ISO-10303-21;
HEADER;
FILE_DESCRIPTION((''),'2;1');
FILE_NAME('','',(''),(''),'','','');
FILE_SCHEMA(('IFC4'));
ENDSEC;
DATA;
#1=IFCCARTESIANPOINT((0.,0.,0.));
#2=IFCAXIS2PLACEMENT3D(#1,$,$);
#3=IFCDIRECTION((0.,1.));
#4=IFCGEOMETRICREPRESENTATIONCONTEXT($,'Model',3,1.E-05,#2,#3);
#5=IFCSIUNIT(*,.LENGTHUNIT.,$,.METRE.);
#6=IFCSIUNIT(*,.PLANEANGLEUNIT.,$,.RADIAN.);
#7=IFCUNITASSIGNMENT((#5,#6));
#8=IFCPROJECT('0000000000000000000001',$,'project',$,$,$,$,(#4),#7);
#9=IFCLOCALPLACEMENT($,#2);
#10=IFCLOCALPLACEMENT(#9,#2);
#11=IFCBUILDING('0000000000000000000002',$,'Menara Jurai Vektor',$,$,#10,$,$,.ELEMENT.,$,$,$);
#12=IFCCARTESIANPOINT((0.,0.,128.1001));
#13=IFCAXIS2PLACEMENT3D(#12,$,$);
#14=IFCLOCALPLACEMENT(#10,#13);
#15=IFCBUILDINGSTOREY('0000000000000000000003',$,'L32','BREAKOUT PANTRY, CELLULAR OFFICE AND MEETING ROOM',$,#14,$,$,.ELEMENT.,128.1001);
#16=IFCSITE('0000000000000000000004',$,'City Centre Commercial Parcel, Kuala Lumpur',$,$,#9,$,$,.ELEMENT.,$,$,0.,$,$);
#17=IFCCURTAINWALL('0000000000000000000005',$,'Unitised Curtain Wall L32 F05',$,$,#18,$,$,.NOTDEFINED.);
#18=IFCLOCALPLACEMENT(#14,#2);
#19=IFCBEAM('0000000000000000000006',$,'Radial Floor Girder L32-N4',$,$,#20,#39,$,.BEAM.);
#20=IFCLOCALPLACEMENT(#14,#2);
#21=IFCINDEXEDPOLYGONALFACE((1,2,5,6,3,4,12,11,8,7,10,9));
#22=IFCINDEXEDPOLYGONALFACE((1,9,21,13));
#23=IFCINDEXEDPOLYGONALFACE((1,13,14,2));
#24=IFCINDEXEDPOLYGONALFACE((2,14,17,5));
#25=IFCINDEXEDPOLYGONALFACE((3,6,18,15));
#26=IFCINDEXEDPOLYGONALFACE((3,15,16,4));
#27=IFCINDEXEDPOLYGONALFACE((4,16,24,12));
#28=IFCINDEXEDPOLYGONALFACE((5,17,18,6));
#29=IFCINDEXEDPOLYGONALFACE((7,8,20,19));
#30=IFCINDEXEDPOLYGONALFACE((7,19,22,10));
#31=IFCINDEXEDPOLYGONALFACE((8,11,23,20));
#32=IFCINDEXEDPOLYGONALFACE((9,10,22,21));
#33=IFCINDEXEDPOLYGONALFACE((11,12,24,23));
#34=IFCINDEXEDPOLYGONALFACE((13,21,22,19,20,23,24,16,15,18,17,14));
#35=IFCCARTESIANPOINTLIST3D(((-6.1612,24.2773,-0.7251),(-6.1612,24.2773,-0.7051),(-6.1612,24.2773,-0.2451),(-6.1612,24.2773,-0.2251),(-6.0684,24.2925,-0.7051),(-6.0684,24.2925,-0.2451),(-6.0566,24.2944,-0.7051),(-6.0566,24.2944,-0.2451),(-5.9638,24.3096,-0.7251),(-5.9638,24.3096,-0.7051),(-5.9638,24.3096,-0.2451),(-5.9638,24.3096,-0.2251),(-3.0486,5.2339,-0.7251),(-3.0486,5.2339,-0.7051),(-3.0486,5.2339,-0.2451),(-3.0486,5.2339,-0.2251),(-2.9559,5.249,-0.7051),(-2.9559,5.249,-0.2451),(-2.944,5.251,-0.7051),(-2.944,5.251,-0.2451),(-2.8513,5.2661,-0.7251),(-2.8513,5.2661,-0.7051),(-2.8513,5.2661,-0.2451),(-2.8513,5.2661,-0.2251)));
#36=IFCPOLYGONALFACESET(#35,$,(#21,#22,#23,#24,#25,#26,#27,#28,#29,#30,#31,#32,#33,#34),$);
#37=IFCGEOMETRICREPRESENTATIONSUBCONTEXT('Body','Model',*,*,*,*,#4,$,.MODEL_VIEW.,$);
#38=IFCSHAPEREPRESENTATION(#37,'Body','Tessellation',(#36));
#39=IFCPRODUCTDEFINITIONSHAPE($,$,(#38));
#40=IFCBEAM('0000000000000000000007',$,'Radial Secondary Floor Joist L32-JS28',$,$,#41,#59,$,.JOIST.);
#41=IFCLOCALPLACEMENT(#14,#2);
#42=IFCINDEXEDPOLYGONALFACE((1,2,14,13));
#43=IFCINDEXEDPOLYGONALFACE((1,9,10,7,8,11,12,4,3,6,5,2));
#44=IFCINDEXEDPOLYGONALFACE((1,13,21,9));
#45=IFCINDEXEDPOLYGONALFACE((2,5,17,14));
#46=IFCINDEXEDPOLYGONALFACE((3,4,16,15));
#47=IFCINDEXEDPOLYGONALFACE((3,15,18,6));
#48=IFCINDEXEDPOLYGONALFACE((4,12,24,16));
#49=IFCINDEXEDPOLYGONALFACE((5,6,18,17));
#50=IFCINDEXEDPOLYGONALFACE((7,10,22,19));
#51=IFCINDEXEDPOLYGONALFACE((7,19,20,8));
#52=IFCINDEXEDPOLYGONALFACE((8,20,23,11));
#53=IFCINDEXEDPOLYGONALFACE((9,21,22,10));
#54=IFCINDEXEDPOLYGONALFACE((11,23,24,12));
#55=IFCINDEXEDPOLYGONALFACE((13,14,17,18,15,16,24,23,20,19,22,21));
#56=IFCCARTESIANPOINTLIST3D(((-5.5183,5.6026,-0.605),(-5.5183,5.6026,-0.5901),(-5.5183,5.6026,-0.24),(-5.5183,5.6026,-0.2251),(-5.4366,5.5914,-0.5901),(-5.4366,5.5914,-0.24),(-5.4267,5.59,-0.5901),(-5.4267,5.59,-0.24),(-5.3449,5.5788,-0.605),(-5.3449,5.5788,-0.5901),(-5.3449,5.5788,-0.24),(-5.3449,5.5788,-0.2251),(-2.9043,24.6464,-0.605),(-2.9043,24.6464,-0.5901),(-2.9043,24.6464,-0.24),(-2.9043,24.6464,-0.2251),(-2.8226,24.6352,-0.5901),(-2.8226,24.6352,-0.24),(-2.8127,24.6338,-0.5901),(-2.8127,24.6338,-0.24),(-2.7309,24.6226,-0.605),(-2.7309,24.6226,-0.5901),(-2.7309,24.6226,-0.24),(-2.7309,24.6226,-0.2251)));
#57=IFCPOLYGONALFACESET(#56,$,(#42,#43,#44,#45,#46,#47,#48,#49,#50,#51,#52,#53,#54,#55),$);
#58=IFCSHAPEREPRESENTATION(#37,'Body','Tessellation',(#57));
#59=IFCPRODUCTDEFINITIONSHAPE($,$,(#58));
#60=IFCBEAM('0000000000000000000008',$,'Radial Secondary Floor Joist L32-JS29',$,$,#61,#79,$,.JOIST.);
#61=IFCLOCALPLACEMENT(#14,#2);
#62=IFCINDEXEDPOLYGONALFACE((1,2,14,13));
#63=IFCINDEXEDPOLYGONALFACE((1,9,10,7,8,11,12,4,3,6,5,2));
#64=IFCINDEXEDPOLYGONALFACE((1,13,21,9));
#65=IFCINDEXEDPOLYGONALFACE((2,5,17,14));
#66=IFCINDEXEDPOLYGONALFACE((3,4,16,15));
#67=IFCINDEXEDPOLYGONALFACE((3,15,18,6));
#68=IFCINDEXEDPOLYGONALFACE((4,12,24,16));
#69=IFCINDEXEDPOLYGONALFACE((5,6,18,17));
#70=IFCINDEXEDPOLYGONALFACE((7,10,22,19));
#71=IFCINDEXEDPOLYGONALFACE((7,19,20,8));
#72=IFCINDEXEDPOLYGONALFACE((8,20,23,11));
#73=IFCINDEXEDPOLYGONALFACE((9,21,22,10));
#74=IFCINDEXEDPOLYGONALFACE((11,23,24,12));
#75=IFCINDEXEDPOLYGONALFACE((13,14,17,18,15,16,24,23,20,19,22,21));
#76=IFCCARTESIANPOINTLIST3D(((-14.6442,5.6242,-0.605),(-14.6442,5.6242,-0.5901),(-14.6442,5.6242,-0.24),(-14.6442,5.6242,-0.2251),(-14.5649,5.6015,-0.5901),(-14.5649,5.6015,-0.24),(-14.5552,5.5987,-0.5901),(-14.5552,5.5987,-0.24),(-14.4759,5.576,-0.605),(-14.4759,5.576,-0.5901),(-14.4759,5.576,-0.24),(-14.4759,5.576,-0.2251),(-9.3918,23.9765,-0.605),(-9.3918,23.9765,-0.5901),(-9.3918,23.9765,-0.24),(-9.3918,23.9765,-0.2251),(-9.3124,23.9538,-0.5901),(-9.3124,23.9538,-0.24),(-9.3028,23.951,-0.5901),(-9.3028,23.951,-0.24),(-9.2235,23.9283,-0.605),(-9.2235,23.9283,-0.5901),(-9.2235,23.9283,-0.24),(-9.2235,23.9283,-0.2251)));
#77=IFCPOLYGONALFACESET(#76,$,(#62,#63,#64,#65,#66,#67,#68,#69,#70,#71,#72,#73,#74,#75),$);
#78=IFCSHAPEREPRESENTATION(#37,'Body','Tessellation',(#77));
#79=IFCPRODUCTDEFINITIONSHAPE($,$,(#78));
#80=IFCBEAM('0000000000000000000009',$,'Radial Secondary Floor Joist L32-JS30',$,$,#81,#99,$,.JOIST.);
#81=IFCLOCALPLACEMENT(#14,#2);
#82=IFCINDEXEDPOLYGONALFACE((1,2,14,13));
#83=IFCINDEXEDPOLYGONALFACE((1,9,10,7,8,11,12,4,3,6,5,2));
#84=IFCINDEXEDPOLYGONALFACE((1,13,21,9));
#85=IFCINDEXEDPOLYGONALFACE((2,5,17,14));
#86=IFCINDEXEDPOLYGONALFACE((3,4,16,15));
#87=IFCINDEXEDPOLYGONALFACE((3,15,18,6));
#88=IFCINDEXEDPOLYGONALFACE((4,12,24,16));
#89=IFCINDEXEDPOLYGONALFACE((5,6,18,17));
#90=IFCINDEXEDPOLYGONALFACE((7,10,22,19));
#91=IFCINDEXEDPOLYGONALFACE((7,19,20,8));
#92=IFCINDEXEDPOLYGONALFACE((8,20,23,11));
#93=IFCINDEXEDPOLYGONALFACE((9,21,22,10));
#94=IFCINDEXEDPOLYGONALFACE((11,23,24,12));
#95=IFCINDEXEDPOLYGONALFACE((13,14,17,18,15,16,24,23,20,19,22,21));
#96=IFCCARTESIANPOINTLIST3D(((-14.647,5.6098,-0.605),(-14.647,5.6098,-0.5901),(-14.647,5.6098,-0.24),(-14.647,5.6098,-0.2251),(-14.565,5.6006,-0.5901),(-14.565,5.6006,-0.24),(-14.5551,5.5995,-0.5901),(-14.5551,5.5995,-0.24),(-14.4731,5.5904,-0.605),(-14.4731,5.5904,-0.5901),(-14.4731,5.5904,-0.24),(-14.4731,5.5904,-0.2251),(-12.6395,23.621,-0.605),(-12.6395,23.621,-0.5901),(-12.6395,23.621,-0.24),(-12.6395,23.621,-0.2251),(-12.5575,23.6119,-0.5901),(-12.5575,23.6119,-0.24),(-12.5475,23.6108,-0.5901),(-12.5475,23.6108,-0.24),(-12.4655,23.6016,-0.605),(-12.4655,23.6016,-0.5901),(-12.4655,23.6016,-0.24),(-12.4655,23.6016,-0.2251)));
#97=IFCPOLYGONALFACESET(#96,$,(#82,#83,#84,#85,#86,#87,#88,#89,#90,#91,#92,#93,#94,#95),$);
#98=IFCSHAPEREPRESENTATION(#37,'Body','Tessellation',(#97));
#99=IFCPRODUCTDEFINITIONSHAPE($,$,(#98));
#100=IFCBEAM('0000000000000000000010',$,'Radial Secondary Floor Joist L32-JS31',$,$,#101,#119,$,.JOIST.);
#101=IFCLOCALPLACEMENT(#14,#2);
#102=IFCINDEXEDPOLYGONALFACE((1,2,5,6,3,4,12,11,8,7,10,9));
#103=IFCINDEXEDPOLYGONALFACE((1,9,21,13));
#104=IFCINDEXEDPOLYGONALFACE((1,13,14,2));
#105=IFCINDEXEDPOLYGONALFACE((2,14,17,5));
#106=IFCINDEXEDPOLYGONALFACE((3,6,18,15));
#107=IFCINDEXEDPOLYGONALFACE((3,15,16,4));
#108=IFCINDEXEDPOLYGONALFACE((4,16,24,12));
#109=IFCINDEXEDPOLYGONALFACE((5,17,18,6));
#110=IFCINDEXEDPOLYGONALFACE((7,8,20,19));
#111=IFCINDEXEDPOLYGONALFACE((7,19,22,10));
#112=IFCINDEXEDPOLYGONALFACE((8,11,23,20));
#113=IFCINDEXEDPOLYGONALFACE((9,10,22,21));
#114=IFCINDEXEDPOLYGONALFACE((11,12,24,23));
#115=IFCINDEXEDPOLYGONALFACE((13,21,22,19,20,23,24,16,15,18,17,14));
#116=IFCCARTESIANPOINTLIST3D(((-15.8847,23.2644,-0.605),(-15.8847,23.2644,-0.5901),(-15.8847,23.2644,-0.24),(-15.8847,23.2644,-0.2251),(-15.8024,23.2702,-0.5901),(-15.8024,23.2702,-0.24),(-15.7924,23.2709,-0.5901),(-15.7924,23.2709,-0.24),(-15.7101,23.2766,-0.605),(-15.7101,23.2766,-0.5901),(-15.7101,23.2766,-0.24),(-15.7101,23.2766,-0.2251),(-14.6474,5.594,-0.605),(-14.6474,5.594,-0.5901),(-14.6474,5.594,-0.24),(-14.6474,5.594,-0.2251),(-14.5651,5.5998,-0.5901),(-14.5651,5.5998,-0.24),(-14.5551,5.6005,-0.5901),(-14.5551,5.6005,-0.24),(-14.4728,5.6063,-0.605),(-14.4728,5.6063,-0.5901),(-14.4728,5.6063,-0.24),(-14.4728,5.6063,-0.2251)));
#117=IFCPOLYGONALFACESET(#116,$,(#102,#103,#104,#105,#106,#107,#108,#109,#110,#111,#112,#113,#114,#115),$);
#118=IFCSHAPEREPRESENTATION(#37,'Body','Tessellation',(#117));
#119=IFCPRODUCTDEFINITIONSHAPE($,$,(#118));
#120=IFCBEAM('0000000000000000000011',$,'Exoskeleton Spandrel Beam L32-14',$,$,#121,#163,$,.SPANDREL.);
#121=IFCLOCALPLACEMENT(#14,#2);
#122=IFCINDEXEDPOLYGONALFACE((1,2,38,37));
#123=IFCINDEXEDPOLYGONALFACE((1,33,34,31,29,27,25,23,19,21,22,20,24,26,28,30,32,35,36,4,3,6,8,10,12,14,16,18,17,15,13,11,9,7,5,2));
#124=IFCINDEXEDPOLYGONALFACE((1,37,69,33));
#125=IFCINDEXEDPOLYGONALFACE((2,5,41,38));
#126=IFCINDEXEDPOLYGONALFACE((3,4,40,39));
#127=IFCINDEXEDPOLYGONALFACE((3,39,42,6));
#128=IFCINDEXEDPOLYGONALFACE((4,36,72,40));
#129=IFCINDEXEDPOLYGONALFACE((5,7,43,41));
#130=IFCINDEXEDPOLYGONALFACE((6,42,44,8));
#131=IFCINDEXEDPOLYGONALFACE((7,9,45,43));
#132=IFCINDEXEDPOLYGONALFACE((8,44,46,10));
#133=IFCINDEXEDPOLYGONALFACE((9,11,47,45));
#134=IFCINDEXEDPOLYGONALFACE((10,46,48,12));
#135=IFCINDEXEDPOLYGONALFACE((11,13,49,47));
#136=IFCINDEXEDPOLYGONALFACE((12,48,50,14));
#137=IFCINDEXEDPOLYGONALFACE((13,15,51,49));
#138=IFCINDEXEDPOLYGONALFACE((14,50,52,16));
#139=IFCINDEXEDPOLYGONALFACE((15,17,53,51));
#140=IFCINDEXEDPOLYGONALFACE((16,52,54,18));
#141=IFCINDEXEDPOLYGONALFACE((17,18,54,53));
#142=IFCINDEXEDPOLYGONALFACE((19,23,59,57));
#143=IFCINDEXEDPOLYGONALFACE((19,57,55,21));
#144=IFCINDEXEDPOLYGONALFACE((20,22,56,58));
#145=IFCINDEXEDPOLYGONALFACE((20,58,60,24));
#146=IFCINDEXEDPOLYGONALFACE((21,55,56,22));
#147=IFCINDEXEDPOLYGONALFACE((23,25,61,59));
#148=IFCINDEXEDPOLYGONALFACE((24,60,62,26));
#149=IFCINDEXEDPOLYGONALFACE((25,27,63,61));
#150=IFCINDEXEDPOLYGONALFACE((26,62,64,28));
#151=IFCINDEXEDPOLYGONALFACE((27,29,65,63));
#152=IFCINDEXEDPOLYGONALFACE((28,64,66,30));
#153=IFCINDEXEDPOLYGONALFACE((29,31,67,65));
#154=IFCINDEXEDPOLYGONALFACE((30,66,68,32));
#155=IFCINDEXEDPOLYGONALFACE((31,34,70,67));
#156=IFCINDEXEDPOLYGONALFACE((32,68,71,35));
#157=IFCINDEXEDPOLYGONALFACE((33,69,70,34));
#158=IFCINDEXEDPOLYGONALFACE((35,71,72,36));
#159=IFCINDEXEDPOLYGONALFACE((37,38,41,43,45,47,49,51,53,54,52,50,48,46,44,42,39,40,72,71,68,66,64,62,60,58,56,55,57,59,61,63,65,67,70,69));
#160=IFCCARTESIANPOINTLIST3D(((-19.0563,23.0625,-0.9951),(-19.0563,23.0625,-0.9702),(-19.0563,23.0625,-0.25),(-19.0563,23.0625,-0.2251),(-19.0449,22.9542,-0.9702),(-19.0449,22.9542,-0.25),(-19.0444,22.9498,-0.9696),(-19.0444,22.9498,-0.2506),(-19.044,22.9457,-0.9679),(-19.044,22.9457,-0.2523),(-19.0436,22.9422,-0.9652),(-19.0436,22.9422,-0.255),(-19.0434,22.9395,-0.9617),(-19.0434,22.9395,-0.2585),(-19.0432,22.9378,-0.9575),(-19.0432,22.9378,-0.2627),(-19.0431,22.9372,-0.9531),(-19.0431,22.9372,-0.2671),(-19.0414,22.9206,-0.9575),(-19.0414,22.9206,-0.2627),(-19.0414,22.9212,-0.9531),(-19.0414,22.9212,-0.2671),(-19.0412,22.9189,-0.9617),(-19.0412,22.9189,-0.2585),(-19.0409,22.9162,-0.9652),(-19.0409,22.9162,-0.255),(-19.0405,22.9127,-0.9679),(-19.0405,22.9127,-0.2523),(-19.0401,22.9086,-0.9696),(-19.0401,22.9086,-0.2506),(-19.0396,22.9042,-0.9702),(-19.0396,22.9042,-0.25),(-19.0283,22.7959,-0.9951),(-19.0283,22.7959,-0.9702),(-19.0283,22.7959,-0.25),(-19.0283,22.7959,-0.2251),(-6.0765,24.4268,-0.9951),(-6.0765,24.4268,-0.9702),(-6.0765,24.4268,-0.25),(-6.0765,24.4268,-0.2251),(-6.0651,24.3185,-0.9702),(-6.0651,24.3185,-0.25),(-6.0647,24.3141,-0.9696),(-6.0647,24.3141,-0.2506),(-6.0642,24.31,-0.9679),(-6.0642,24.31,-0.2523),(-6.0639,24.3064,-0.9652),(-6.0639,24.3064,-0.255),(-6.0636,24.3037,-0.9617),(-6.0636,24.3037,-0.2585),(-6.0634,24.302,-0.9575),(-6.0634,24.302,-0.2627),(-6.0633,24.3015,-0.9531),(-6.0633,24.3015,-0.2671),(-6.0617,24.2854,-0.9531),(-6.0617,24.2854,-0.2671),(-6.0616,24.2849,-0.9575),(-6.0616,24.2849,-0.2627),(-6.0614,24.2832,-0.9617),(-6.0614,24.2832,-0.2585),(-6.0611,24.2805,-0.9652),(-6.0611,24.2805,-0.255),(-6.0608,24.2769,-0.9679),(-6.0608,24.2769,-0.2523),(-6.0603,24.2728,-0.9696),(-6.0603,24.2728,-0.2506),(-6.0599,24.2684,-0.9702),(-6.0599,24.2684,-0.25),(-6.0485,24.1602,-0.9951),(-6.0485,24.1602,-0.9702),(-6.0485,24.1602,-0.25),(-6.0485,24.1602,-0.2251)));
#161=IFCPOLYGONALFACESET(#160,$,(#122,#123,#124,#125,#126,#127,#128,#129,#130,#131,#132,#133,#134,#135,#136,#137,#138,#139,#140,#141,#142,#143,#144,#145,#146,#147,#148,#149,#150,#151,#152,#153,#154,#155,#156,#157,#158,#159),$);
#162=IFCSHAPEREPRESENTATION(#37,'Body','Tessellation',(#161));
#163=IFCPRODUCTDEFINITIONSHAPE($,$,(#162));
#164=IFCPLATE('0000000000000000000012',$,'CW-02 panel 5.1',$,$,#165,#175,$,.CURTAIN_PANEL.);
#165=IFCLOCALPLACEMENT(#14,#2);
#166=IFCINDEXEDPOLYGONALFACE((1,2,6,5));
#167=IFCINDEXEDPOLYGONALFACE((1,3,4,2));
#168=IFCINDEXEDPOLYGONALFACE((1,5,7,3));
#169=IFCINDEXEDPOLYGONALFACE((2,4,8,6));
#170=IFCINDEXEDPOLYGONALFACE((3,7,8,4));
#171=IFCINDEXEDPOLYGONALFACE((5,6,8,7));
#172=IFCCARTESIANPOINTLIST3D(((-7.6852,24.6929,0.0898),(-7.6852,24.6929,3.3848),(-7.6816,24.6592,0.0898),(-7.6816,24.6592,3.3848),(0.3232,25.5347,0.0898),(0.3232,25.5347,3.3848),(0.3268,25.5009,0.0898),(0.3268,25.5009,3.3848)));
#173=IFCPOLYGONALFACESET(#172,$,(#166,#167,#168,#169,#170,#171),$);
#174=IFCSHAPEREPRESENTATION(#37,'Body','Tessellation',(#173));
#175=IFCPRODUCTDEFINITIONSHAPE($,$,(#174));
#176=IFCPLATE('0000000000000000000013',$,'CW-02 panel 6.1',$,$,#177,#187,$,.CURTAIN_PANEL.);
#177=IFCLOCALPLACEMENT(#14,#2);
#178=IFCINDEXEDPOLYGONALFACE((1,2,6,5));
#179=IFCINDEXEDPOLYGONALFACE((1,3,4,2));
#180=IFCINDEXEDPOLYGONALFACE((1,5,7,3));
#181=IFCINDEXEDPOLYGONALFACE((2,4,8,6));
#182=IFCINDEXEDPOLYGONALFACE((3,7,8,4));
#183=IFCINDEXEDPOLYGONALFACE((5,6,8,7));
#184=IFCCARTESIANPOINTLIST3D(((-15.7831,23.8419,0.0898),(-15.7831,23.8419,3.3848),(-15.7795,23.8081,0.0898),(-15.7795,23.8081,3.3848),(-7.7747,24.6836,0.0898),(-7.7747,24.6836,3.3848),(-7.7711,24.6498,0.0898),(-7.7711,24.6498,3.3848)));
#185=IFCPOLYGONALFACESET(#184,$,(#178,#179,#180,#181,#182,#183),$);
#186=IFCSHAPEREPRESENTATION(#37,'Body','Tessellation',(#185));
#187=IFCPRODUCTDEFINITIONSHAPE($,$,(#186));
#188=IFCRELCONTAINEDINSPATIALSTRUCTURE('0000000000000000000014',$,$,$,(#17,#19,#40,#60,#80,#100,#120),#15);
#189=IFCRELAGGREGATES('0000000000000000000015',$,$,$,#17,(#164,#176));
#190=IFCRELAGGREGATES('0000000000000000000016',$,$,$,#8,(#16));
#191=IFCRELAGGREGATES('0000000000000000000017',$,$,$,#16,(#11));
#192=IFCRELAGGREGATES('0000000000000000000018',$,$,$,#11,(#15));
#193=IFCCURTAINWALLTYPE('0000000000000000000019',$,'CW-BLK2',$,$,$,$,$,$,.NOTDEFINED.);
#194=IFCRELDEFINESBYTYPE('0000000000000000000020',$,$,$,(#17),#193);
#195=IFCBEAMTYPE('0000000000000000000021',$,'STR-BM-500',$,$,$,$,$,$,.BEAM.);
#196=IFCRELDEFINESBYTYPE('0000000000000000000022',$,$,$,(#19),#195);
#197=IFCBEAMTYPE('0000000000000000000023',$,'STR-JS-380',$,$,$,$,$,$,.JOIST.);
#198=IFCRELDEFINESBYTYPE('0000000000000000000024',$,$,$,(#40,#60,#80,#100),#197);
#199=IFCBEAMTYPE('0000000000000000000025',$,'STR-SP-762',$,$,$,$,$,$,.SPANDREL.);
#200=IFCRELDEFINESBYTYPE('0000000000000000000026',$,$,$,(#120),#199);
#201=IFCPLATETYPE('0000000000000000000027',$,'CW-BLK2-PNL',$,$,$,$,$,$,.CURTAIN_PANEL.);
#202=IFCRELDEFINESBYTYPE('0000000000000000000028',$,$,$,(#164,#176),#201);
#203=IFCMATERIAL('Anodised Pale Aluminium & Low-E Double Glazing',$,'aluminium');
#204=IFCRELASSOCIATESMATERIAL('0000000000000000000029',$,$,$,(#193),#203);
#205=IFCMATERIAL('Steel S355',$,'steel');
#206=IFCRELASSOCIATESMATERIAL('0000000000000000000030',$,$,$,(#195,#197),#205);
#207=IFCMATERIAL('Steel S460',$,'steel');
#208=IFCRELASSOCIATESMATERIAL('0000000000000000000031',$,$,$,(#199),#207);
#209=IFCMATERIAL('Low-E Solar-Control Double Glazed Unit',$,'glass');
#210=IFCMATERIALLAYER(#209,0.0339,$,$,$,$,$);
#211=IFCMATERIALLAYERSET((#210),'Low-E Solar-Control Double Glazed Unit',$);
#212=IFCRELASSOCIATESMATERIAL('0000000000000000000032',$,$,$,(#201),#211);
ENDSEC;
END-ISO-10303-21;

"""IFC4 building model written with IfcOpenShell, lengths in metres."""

from ifc_helpers import new_model, si_unit, direction, frame, origin, origin_2d, place, context, subcontext, project, spatial, rectangle, i_section, extrude, material, layer, layer_set, material_profile, profile_set, type_object, element, aggregate, save


model = new_model("IFC4")

# Units and contexts
model_context = context("Model", 3, precision=1e-05, world=origin(), true_north=direction((0.0, 1.0)))
body_context = subcontext(model_context, "Body", "Model", "MODEL_VIEW")
ifc_project = project(units=[si_unit("LENGTHUNIT", "METRE"), si_unit("PLANEANGLEUNIT", "RADIAN")], contexts=[model_context])

# Site, building, storey
site_placement = place(None, origin())
site = spatial("IfcSite", under=ifc_project, at=site_placement, Name="City Centre Commercial Parcel, Kuala Lumpur", CompositionType="ELEMENT", RefElevation=0.0)
building_placement = place(site_placement, origin())
building = spatial("IfcBuilding", under=site, at=building_placement, Name="Menara Jurai Vektor", CompositionType="ELEMENT")
storey_placement = place(building_placement, frame((0.0, 0.0, 128.1001)))
storey = spatial("IfcBuildingStorey", under=building, at=storey_placement, Name="L32", Description="BREAKOUT PANTRY, CELLULAR OFFICE AND MEETING ROOM", CompositionType="ELEMENT", Elevation=128.1001)

# Shared definitions
ifc_material_1 = material(Name="Steel S460", Category="steel")

# Curtain wall
ifc_material_2 = material(Name="Anodised Pale Aluminium & Low-E Double Glazing", Category="aluminium")
curtain_wall_type = type_object("IfcCurtainWallType", Name="CW-BLK2", PredefinedType="NOTDEFINED", material=ifc_material_2)
curtain_wall_placement = place(storey_placement, origin())
curtain_wall = element("IfcCurtainWall", 1, at=curtain_wall_placement, inside=storey, type_object=curtain_wall_type, Name="Unitised Curtain Wall L32 F05", PredefinedType="NOTDEFINED")

# Beams
ifc_material_3 = material(Name="Steel S355", Category="steel")
ifc_material_profile_1 = material_profile(ifc_material_3, i_section(OverallWidth=0.2, OverallDepth=0.5, WebThickness=0.012, FlangeThickness=0.02, at=origin_2d()), Name="PG 500x200x96")
ifc_profile_set_1 = profile_set([ifc_material_profile_1], Name="Steel S355")
beam_type_1 = type_object("IfcBeamType", Name="STR-BM-500", PredefinedType="BEAM", material=ifc_profile_set_1)
beam_1_placement = place(storey_placement, frame((-6.0625, 24.2935, -0.4751), z_axis=(0.161304, -0.986905, 0.0), x_axis=(0.986905, 0.161304, 0.0)))
element("IfcBeam", 2, at=beam_1_placement, inside=storey, type_object=beam_type_1, Name="Radial Floor Girder L32-N4", PredefinedType="BEAM", context=body_context, shape_type="SweptSolid", body=[
    extrude(i_section(OverallWidth=0.2, OverallDepth=0.5, WebThickness=0.012, FlangeThickness=0.02, at=origin_2d()), origin(), (0.0, 0.0, 1.0), 19.2961),
])
ifc_material_profile_2 = material_profile(ifc_material_3, i_section(OverallWidth=0.175, OverallDepth=0.3799, WebThickness=0.01, FlangeThickness=0.0149, at=origin_2d()), Name="PG 380x175x58")
ifc_profile_set_2 = profile_set([ifc_material_profile_2], Name="Steel S355")
beam_type_2 = type_object("IfcBeamType", Name="STR-JS-380", PredefinedType="JOIST", material=ifc_profile_set_2)
beam_2_placement = place(storey_placement, frame((-2.8176, 24.6345, -0.415), z_axis=(-0.135987, -0.990711, 0.0), x_axis=(0.990711, -0.135987, 0.0)))
element("IfcBeam", 3, at=beam_2_placement, inside=storey, type_object=beam_type_2, Name="Radial Secondary Floor Joist L32-JS28", PredefinedType="JOIST", context=body_context, shape_type="SweptSolid", body=[
    extrude(i_section(OverallWidth=0.175, OverallDepth=0.3799, WebThickness=0.01, FlangeThickness=0.0149, at=origin_2d()), origin(), (0.0, 0.0, 1.0), 19.2224),
])
beam_3_placement = place(storey_placement, frame((-9.3076, 23.9524, -0.415), z_axis=(-0.275154, -0.9614, 0.0), x_axis=(0.9614, -0.275154, 0.0)))
element("IfcBeam", 4, at=beam_3_placement, inside=storey, type_object=beam_type_2, Name="Radial Secondary Floor Joist L32-JS29", PredefinedType="JOIST", context=body_context, shape_type="SweptSolid", body=[
    extrude(i_section(OverallWidth=0.175, OverallDepth=0.3799, WebThickness=0.01, FlangeThickness=0.0149, at=origin_2d()), origin(), (0.0, 0.0, 1.0), 19.0891),
])
beam_4_placement = place(storey_placement, frame((-12.5525, 23.6113, -0.415), z_axis=(-0.110776, -0.993845, 0.0), x_axis=(0.993845, -0.110776, 0.0)))
element("IfcBeam", 5, at=beam_4_placement, inside=storey, type_object=beam_type_2, Name="Radial Secondary Floor Joist L32-JS30", PredefinedType="JOIST", context=body_context, shape_type="SweptSolid", body=[
    extrude(i_section(OverallWidth=0.175, OverallDepth=0.3799, WebThickness=0.01, FlangeThickness=0.0149, at=origin_2d()), origin(), (0.0, 0.0, 1.0), 18.1228),
])
beam_5_placement = place(storey_placement, frame((-15.7974, 23.2705, -0.415), z_axis=(0.06985, -0.997557, 0.0), x_axis=(0.997557, 0.06985, 0.0)))
element("IfcBeam", 6, at=beam_5_placement, inside=storey, type_object=beam_type_2, Name="Radial Secondary Floor Joist L32-JS31", PredefinedType="JOIST", context=body_context, shape_type="SweptSolid", body=[
    extrude(i_section(OverallWidth=0.175, OverallDepth=0.3799, WebThickness=0.01, FlangeThickness=0.0149, at=origin_2d()), origin(), (0.0, 0.0, 1.0), 17.7136),
])
ifc_material_profile_3 = material_profile(ifc_material_1, i_section(OverallWidth=0.2681, OverallDepth=0.77, WebThickness=0.0161, FlangeThickness=0.0249, FilletRadius=0.0171, at=origin_2d()), Name="UKB 762x267x197")
ifc_profile_set_3 = profile_set([ifc_material_profile_3], Name="Steel S460")
beam_type_3 = type_object("IfcBeamType", Name="STR-SP-762", PredefinedType="SPANDREL", material=ifc_profile_set_3)
beam_6_placement = place(storey_placement, frame((-6.0625, 24.2935, -0.6101), z_axis=(-0.994522, -0.104531, 0.0), x_axis=(0.104531, -0.994522, 0.0)))
element("IfcBeam", 7, at=beam_6_placement, inside=storey, type_object=beam_type_3, Name="Exoskeleton Spandrel Beam L32-14", PredefinedType="SPANDREL", context=body_context, shape_type="SweptSolid", body=[
    extrude(i_section(OverallWidth=0.2681, OverallDepth=0.77, WebThickness=0.0161, FlangeThickness=0.0249, FilletRadius=0.0171, at=origin_2d()), origin(), (0.0, 0.0, 1.0), 13.0513),
])

# Plates
ifc_material_4 = material(Name="Low-E Solar-Control Double Glazed Unit", Category="glass")
ifc_layer_1 = layer(ifc_material_4, 0.0339)
ifc_layer_set_1 = layer_set([ifc_layer_1], Name="Low-E Solar-Control Double Glazed Unit")
plate_type_1 = type_object("IfcPlateType", Name="CW-BLK2-PNL", PredefinedType="CURTAIN_PANEL", material=ifc_layer_set_1)
plate_1_placement = place(storey_placement, frame((-3.6792, 25.0969, 0.0898), z_axis=(0.0, 0.0, 1.0), x_axis=(-0.994522, -0.104529, 0.0)))
plate_1 = element("IfcPlate", 8, at=plate_1_placement, type_object=plate_type_1, Name="CW-02 panel 5.1", PredefinedType="CURTAIN_PANEL", context=body_context, shape_type="SweptSolid", body=[
    extrude(rectangle(XDim=8.0525, YDim=0.0339, at=origin_2d()), origin(), (0.0, 0.0, 1.0), 3.2949),
])
plate_2_placement = place(storey_placement, frame((-11.7771, 24.2458, 0.0898), z_axis=(0.0, 0.0, 1.0), x_axis=(-0.994522, -0.104529, 0.0)))
plate_2 = element("IfcPlate", 9, at=plate_2_placement, type_object=plate_type_1, Name="CW-02 panel 6.1", PredefinedType="CURTAIN_PANEL", context=body_context, shape_type="SweptSolid", body=[
    extrude(rectangle(XDim=8.0525, YDim=0.0339, at=origin_2d()), origin(), (0.0, 0.0, 1.0), 3.2949),
])
aggregate(curtain_wall, [plate_1, plate_2])

save(model, "model.ifc")
